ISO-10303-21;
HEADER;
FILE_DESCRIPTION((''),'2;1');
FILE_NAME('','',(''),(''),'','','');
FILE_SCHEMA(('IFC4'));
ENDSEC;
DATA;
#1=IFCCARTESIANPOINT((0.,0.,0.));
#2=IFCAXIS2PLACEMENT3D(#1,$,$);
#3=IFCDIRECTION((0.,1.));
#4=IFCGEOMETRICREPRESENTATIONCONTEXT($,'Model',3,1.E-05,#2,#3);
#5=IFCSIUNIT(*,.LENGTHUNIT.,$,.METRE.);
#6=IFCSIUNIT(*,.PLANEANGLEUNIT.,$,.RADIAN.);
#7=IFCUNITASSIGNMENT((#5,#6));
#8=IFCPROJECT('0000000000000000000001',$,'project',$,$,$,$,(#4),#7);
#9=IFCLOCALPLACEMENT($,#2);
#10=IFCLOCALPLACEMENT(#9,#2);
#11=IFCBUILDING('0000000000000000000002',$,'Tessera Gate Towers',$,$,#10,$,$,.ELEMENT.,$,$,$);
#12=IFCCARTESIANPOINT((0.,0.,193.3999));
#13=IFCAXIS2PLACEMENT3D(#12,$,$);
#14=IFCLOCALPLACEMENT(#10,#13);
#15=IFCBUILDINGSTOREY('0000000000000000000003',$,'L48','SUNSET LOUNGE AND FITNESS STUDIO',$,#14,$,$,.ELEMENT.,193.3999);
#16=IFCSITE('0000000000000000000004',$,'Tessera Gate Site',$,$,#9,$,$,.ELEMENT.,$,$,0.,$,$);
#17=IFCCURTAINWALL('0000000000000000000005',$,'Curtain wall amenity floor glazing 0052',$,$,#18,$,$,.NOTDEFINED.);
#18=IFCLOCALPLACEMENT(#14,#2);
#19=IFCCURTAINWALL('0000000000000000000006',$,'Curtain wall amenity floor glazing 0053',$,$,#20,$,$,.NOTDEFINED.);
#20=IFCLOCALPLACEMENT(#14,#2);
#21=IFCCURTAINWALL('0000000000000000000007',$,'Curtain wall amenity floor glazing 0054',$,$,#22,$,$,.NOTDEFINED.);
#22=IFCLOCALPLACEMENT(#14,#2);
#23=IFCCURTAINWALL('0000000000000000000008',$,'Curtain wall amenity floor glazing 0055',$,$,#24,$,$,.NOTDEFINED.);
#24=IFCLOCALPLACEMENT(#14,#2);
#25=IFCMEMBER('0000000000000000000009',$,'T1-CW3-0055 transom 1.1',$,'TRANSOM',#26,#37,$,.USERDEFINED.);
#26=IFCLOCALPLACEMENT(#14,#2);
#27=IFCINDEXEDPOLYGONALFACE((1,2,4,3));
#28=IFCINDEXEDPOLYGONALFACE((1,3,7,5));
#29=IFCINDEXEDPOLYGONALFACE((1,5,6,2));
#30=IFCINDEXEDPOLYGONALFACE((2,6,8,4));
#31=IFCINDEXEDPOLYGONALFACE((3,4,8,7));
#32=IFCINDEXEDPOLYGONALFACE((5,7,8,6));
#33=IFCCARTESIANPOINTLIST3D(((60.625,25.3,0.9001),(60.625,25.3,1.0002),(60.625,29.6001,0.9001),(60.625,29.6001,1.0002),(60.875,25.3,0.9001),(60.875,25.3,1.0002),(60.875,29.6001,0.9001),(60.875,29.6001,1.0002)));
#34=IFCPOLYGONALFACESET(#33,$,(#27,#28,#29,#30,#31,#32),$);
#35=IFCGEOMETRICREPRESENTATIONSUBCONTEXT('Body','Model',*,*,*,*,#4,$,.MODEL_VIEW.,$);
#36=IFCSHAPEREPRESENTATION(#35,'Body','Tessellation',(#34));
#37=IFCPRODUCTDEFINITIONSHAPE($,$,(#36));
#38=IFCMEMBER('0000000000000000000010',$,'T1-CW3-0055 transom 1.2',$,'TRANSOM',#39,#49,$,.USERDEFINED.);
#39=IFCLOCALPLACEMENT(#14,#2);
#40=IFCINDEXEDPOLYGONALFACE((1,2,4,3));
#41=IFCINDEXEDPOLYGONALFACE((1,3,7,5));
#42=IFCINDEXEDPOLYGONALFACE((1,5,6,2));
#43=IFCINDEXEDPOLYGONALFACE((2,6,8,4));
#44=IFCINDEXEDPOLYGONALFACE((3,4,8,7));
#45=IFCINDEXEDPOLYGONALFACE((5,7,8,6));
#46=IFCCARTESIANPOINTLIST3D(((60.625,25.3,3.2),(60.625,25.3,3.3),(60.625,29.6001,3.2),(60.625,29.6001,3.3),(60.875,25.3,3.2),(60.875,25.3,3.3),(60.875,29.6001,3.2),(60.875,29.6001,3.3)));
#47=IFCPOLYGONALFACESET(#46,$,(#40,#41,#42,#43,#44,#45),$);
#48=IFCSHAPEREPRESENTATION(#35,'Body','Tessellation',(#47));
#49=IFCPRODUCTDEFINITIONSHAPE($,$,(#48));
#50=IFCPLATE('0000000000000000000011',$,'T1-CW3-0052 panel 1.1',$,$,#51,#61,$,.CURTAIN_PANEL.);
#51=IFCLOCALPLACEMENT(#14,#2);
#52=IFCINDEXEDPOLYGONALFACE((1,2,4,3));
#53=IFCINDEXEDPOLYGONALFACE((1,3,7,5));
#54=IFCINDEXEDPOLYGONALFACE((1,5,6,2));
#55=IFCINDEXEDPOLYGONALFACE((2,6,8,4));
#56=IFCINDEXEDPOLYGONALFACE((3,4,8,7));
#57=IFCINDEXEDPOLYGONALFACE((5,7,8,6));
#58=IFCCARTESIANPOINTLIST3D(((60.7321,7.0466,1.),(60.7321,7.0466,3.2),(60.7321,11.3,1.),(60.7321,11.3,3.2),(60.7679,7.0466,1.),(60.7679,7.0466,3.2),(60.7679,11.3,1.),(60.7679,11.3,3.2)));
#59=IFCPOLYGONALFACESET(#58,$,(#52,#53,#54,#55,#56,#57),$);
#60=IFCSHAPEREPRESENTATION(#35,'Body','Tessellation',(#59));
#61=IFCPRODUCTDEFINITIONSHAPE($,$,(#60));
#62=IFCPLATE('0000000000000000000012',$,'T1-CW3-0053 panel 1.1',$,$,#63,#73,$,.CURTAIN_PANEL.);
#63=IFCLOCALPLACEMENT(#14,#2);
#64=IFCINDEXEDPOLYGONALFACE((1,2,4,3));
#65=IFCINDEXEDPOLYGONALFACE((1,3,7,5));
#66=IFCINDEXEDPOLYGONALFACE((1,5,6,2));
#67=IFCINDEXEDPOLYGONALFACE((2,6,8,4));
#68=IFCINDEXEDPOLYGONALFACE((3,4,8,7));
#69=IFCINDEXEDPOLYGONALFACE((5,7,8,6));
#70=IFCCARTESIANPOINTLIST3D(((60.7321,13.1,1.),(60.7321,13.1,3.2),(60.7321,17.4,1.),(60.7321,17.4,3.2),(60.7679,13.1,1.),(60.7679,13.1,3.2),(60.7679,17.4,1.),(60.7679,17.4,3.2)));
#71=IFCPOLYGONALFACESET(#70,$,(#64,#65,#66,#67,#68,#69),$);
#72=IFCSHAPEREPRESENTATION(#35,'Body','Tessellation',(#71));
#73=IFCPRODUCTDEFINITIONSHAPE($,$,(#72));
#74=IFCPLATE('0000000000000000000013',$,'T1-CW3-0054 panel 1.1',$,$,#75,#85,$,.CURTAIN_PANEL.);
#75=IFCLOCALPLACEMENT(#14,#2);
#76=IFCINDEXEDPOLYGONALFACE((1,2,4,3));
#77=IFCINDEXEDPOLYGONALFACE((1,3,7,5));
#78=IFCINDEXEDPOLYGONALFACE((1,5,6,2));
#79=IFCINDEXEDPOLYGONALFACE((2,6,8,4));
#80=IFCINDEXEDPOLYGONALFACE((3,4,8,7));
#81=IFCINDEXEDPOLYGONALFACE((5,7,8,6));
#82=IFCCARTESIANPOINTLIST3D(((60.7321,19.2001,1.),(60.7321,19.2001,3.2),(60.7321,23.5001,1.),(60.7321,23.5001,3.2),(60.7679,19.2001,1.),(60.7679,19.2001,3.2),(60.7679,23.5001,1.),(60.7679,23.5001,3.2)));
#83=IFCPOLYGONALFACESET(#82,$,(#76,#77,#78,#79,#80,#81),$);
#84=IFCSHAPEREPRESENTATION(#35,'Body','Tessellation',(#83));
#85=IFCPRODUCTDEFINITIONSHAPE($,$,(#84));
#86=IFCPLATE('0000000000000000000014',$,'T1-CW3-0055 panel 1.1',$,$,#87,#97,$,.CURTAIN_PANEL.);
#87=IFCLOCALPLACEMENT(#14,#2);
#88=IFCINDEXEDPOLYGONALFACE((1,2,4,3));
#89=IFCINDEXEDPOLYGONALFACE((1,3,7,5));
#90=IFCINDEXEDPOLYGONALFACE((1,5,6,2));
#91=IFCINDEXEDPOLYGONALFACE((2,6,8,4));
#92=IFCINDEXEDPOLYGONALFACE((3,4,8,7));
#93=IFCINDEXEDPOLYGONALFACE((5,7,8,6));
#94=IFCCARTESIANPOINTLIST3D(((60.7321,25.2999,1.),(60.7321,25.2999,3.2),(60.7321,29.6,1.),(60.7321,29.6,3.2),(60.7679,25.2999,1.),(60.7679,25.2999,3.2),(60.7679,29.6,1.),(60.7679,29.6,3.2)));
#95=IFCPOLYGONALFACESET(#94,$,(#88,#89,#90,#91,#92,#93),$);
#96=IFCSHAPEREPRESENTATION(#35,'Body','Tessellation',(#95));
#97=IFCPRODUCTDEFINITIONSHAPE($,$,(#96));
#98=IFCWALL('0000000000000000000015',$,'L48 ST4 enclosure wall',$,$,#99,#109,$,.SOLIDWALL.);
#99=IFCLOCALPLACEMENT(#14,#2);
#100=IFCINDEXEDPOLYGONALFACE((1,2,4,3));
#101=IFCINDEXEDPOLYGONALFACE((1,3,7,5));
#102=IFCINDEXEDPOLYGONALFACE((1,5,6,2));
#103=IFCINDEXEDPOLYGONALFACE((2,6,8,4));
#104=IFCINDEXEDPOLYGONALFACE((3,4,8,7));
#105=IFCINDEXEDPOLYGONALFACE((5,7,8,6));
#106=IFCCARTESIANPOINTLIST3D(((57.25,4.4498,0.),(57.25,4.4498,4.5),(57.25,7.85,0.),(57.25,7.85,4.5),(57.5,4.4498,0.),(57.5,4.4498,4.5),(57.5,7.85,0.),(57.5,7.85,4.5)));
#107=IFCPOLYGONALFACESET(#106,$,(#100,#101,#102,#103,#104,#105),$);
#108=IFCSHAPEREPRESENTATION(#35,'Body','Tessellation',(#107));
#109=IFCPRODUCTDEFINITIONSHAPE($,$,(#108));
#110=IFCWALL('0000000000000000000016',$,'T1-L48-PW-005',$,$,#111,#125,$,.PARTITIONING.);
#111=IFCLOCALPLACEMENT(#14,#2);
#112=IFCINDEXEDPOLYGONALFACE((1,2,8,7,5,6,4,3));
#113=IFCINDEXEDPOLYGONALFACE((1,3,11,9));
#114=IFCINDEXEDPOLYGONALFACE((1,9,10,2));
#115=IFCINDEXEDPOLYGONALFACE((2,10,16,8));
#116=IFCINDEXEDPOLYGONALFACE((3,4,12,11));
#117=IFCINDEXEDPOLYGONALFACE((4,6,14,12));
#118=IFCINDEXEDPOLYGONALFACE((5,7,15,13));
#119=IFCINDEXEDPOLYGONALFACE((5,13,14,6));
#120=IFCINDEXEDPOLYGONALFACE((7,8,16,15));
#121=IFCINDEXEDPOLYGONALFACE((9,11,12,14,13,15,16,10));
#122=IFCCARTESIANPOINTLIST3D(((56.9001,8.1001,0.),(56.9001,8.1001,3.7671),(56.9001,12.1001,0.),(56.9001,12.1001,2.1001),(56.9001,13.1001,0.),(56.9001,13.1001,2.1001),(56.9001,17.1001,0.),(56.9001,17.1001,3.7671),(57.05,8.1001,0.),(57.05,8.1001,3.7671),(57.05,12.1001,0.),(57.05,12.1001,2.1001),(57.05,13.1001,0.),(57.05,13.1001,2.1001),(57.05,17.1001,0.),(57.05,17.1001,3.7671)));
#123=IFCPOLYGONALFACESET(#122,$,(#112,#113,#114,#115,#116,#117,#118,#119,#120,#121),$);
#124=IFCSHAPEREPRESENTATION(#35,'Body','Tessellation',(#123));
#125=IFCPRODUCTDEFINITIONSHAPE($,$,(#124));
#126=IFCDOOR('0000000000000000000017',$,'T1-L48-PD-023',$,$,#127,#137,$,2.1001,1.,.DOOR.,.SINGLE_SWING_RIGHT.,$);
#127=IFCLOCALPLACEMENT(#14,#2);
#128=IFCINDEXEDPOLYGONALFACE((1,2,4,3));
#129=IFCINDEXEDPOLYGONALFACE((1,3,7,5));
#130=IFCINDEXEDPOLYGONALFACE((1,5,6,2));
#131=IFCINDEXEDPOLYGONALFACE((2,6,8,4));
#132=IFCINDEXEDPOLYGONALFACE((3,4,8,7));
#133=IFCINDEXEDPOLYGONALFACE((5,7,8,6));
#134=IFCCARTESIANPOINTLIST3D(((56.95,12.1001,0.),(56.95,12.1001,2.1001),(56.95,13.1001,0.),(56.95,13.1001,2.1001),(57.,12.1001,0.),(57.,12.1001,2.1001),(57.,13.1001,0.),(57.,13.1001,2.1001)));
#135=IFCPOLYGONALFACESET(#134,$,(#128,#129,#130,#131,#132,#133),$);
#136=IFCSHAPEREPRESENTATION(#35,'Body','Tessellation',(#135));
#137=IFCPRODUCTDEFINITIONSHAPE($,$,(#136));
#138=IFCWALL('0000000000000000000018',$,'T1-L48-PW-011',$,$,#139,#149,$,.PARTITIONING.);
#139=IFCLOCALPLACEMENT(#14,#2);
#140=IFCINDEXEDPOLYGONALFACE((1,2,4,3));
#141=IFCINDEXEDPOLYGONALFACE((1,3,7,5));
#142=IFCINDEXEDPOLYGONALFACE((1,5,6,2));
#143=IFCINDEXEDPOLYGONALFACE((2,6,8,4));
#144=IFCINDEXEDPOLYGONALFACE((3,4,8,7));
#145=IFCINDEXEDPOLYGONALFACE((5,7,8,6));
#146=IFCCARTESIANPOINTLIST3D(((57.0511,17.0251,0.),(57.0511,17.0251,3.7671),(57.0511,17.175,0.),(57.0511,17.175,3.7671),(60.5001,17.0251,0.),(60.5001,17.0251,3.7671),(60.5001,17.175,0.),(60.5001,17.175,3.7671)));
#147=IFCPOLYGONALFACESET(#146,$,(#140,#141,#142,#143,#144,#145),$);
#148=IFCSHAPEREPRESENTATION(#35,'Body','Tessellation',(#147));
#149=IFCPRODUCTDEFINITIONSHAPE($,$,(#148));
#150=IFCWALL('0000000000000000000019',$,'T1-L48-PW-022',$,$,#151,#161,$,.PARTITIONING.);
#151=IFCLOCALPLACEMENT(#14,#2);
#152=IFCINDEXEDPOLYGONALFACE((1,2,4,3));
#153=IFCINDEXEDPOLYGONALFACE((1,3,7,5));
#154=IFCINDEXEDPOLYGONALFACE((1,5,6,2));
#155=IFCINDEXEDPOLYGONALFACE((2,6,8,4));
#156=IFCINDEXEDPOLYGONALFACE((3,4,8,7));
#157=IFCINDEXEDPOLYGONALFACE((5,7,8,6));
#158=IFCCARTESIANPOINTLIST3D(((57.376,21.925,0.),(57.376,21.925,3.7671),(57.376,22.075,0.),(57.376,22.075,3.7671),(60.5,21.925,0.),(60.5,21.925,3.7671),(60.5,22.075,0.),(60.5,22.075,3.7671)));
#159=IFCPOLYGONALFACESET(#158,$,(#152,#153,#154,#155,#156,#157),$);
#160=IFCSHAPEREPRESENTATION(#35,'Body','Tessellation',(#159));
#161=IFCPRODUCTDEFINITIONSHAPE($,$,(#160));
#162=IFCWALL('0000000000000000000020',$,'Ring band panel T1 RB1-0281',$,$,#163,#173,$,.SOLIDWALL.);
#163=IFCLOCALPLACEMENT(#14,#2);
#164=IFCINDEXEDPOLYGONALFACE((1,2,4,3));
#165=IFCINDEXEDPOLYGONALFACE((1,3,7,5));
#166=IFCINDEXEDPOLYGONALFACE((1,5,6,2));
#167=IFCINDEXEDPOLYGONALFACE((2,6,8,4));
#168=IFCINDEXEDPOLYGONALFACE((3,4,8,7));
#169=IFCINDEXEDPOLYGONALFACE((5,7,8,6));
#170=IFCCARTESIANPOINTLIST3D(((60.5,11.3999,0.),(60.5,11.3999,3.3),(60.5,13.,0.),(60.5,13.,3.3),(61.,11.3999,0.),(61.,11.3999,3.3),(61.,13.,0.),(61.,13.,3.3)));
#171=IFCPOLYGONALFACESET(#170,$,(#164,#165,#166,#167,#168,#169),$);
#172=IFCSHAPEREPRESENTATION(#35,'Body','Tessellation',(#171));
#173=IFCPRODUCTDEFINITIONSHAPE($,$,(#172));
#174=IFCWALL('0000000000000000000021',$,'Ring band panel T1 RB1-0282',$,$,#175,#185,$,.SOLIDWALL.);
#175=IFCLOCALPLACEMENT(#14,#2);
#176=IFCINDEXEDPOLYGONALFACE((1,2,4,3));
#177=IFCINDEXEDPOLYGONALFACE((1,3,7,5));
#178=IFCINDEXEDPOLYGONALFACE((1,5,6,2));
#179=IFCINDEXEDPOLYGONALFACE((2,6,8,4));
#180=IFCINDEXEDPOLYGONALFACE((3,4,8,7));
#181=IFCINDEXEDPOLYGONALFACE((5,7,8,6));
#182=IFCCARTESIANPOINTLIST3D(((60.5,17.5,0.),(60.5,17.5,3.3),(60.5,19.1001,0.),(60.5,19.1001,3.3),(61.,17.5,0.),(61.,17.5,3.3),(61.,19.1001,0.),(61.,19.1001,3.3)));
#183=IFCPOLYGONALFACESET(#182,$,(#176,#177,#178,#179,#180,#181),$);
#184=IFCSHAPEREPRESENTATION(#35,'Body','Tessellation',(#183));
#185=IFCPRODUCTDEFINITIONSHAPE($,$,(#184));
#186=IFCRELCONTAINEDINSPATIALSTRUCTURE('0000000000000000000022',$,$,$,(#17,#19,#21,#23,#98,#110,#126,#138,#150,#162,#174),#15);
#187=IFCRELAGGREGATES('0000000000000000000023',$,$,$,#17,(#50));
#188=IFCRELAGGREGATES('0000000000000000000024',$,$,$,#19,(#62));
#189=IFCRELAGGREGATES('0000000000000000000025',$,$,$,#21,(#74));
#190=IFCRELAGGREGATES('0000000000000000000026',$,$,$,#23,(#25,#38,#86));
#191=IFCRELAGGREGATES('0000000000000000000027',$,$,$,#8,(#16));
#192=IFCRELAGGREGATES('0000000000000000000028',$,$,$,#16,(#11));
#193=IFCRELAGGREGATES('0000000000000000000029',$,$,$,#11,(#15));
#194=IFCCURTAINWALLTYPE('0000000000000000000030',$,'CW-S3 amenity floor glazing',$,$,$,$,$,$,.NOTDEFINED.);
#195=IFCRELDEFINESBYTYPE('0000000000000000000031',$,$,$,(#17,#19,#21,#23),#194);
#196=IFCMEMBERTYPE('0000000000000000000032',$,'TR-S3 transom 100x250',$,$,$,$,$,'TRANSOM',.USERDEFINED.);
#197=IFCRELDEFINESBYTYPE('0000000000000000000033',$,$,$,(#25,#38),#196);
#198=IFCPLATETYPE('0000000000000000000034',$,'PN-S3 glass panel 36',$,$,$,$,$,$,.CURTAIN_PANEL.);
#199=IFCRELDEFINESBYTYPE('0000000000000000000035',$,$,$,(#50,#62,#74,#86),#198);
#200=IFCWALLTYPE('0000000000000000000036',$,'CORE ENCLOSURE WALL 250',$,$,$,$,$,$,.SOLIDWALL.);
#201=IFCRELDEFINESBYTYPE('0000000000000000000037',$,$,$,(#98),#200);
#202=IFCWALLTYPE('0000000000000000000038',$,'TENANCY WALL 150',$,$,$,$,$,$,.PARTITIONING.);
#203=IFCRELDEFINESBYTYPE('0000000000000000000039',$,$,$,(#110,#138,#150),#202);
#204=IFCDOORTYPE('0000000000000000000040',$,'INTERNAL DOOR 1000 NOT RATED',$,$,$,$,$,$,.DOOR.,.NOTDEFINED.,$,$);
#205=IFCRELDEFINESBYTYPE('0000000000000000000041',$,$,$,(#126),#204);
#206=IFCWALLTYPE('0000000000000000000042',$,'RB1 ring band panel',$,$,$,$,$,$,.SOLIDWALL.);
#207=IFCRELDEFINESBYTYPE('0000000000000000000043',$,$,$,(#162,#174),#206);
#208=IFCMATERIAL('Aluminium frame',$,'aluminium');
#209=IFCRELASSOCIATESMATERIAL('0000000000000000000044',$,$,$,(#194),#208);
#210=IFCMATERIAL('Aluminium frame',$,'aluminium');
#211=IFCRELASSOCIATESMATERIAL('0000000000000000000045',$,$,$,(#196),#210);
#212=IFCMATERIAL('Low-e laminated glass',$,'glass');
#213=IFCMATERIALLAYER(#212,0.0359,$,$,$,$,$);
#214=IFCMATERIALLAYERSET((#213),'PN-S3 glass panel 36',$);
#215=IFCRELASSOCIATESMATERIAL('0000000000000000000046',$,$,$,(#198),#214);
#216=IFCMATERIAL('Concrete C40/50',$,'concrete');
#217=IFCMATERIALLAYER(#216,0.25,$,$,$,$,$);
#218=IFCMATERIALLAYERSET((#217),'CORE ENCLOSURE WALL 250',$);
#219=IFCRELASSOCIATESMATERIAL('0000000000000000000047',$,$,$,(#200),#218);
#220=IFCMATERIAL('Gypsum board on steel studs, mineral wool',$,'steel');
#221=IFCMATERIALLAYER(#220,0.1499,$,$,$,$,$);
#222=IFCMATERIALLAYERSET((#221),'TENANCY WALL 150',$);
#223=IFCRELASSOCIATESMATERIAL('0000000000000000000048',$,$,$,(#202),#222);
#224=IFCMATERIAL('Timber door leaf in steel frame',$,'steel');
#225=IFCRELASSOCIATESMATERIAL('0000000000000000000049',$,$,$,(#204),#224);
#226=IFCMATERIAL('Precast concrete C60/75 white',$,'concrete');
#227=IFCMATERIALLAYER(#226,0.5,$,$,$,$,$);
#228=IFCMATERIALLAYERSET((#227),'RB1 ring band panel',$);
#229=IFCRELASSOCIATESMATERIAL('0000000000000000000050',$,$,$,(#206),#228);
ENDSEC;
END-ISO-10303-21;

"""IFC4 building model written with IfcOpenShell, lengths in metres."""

from ifc_helpers import new_model, si_unit, direction, frame, frame_2d, origin, origin_2d, place, context, subcontext, project, spatial, polyline, rectangle, outline, extrude, source, transform, mapped, material, layer, layer_set, material_profile, profile_set, type_object, element, fill, aggregate, save


model = new_model("IFC4")

# Units and contexts
model_context = context("Model", 3, precision=1e-05, world=origin(), true_north=direction((0.0, 1.0)))
body_context = subcontext(model_context, "Body", "Model", "MODEL_VIEW")
ifc_project = project(units=[si_unit("LENGTHUNIT", "METRE"), si_unit("PLANEANGLEUNIT", "RADIAN")], contexts=[model_context])

# Site, building, storey
site_placement = place(None, origin())
site = spatial("IfcSite", under=ifc_project, at=site_placement, Name="Tessera Gate Site", CompositionType="ELEMENT", RefElevation=0.0)
building_placement = place(site_placement, origin())
building = spatial("IfcBuilding", under=site, at=building_placement, Name="Tessera Gate Towers", CompositionType="ELEMENT")
storey_placement = place(building_placement, frame((0.0, 0.0, 193.3999)))
storey = spatial("IfcBuildingStorey", under=building, at=storey_placement, Name="L48", Description="SUNSET LOUNGE AND FITNESS STUDIO", CompositionType="ELEMENT", Elevation=193.3999)

# Curtain wall
ifc_material_1 = material(Name="Aluminium frame", Category="aluminium")
curtain_wall_type = type_object("IfcCurtainWallType", Name="CW-S3 amenity floor glazing", PredefinedType="NOTDEFINED", material=ifc_material_1)
curtain_wall_1_placement = place(storey_placement, origin())
curtain_wall_1 = element("IfcCurtainWall", 1, at=curtain_wall_1_placement, inside=storey, type_object=curtain_wall_type, Name="Curtain wall amenity floor glazing 0052", PredefinedType="NOTDEFINED")

# Curtain walls
curtain_wall_2_placement = place(storey_placement, origin())
curtain_wall_2 = element("IfcCurtainWall", 2, at=curtain_wall_2_placement, inside=storey, type_object=curtain_wall_type, Name="Curtain wall amenity floor glazing 0053", PredefinedType="NOTDEFINED")
curtain_wall_3_placement = place(storey_placement, origin())
curtain_wall_3 = element("IfcCurtainWall", 3, at=curtain_wall_3_placement, inside=storey, type_object=curtain_wall_type, Name="Curtain wall amenity floor glazing 0054", PredefinedType="NOTDEFINED")
curtain_wall_4_placement = place(storey_placement, origin())
curtain_wall_4 = element("IfcCurtainWall", 4, at=curtain_wall_4_placement, inside=storey, type_object=curtain_wall_type, Name="Curtain wall amenity floor glazing 0055", PredefinedType="NOTDEFINED")

# Members
ifc_material_2 = material(Name="Aluminium frame", Category="aluminium")
ifc_material_profile_1 = material_profile(ifc_material_2, rectangle(XDim=0.25, YDim=0.1001, at=origin_2d()), Name="AL 100x250")
ifc_profile_set_1 = profile_set([ifc_material_profile_1], Name="Aluminium frame")
member_type_1 = type_object("IfcMemberType", Name="TR-S3 transom 100x250", ElementType="TRANSOM", PredefinedType="USERDEFINED", material=ifc_profile_set_1)
member_1_placement = place(storey_placement, frame((60.75, 25.3, 0.9502), z_axis=(0.0, 1.0, 0.0), x_axis=(-1.0, 0.0, 0.0)))
member_1 = element("IfcMember", 5, at=member_1_placement, type_object=member_type_1, Name="T1-CW3-0055 transom 1.1", ObjectType="TRANSOM", PredefinedType="USERDEFINED", context=body_context, shape_type="SweptSolid", body=[
    extrude(rectangle(XDim=0.25, YDim=0.1001, at=origin_2d()), origin(), (0.0, 0.0, 1.0), 4.3),
])
member_2_placement = place(storey_placement, frame((60.75, 25.3, 3.25), z_axis=(0.0, 1.0, 0.0), x_axis=(-1.0, 0.0, 0.0)))
member_2 = element("IfcMember", 6, at=member_2_placement, type_object=member_type_1, Name="T1-CW3-0055 transom 1.2", ObjectType="TRANSOM", PredefinedType="USERDEFINED", context=body_context, shape_type="SweptSolid", body=[
    extrude(rectangle(XDim=0.25, YDim=0.1001, at=origin_2d()), origin(), (0.0, 0.0, 1.0), 4.3),
])

# Plates
ifc_material_3 = material(Name="Low-e laminated glass", Category="glass")
ifc_layer_1 = layer(ifc_material_3, 0.0359)
ifc_layer_set_1 = layer_set([ifc_layer_1], Name="PN-S3 glass panel 36")
plate_type = type_object("IfcPlateType", Name="PN-S3 glass panel 36", PredefinedType="CURTAIN_PANEL", material=ifc_layer_set_1)
plate_1_placement = place(storey_placement, frame((60.75, 9.1733, 1.0), z_axis=(0.0, 0.0, 1.0), x_axis=(0.0, 1.0, 0.0)))
plate_1 = element("IfcPlate", 7, at=plate_1_placement, type_object=plate_type, Name="T1-CW3-0052 panel 1.1", PredefinedType="CURTAIN_PANEL", context=body_context, shape_type="SweptSolid", body=[
    extrude(rectangle(XDim=4.2534, YDim=0.0359, at=origin_2d()), origin(), (0.0, 0.0, 1.0), 2.2),
])
aggregate(curtain_wall_1, [plate_1])
plate_2_placement = place(storey_placement, frame((60.75, 15.25, 1.0), z_axis=(0.0, 0.0, 1.0), x_axis=(0.0, 1.0, 0.0)))
plate_2 = element("IfcPlate", 8, at=plate_2_placement, type_object=plate_type, Name="T1-CW3-0053 panel 1.1", PredefinedType="CURTAIN_PANEL", context=body_context, shape_type="SweptSolid", body=[
    extrude(rectangle(XDim=4.3, YDim=0.0359, at=origin_2d()), origin(), (0.0, 0.0, 1.0), 2.2),
])
aggregate(curtain_wall_2, [plate_2])
plate_3_placement = place(storey_placement, frame((60.75, 21.3501, 1.0), z_axis=(0.0, 0.0, 1.0), x_axis=(0.0, 1.0, 0.0)))
plate_3 = element("IfcPlate", 9, at=plate_3_placement, type_object=plate_type, Name="T1-CW3-0054 panel 1.1", PredefinedType="CURTAIN_PANEL", context=body_context, shape_type="SweptSolid", body=[
    extrude(rectangle(XDim=4.3, YDim=0.0359, at=origin_2d()), origin(), (0.0, 0.0, 1.0), 2.2),
])
aggregate(curtain_wall_3, [plate_3])
plate_4_placement = place(storey_placement, frame((60.75, 27.45, 1.0), z_axis=(0.0, 0.0, 1.0), x_axis=(0.0, 1.0, 0.0)))
plate_4 = element("IfcPlate", 10, at=plate_4_placement, type_object=plate_type, Name="T1-CW3-0055 panel 1.1", PredefinedType="CURTAIN_PANEL", context=body_context, shape_type="SweptSolid", body=[
    extrude(rectangle(XDim=4.3, YDim=0.0359, at=origin_2d()), origin(), (0.0, 0.0, 1.0), 2.2),
])
aggregate(curtain_wall_4, [member_1, member_2, plate_4])

# Wall
ifc_material_4 = material(Name="Concrete C40/50", Category="concrete")
ifc_layer_2 = layer(ifc_material_4, 0.25)
ifc_layer_set_2 = layer_set([ifc_layer_2], Name="CORE ENCLOSURE WALL 250")
wall_type_1 = type_object("IfcWallType", Name="CORE ENCLOSURE WALL 250", PredefinedType="SOLIDWALL", material=ifc_layer_set_2)
wall_1_placement = place(storey_placement, frame((57.375, 7.8501, 0.0), z_axis=(0.0, 0.0, 1.0), x_axis=(0.0, -1.0, 0.0)))
element("IfcWall", 11, at=wall_1_placement, inside=storey, type_object=wall_type_1, Name="L48 ST4 enclosure wall", PredefinedType="SOLIDWALL", context=body_context, shape_type="SweptSolid", body=[
    extrude(rectangle(XDim=3.4001, YDim=0.25, at=frame_2d((1.7002, 0.0))), origin(), (0.0, 0.0, 1.0), 4.5),
])

# Wall, opening, door
ifc_material_5 = material(Name="Gypsum board on steel studs, mineral wool", Category="steel")
ifc_layer_3 = layer(ifc_material_5, 0.1499)
ifc_layer_set_3 = layer_set([ifc_layer_3], Name="TENANCY WALL 150")
wall_type_2 = type_object("IfcWallType", Name="TENANCY WALL 150", PredefinedType="PARTITIONING", material=ifc_layer_set_3)
wall_2_placement = place(storey_placement, frame((56.9751, 17.1001, 0.0), z_axis=(0.0, 0.0, 1.0), x_axis=(0.0, -1.0, 0.0)))
wall_2 = element("IfcWall", 12, at=wall_2_placement, inside=storey, type_object=wall_type_2, Name="T1-L48-PW-005", PredefinedType="PARTITIONING", context=body_context, shape_type="SweptSolid", body=[
    extrude(rectangle(XDim=9.0, YDim=0.1499, at=frame_2d((4.5, 0.0))), origin(), (0.0, 0.0, 1.0), 3.7671),
])
shared_shape_1 = source(origin(), body_context, "Body", "SweptSolid", [
    extrude(rectangle(XDim=1.0, YDim=2.1001, at=frame_2d((0.5, 1.05))), frame((0.0, 0.085, 0.0), z_axis=(0.0, -1.0, 0.0), x_axis=(1.0, 0.0, 0.0)), (0.0, 0.0, 1.0), 0.1699),
])
opening_placement = place(wall_2_placement, frame((4.0, 0.0, 0.0)))
opening = element("IfcOpeningElement", 13, at=opening_placement, cuts=wall_2, PredefinedType="OPENING", context=body_context, shape_type="MappedRepresentation", body=[
    mapped(shared_shape_1, transform((0.0, 0.0, 0.0), scale=1.0)),
])
ifc_material_6 = material(Name="Timber door leaf in steel frame", Category="steel")
door_type = type_object("IfcDoorType", Name="INTERNAL DOOR 1000 NOT RATED", OperationType="NOTDEFINED", PredefinedType="DOOR", material=ifc_material_6)
shared_shape_2 = source(origin(), body_context, "Body", "SweptSolid", [
    extrude(rectangle(XDim=1.0, YDim=2.1001, at=frame_2d((0.5, 1.05))), frame((0.0, 0.0249, 0.0), z_axis=(0.0, -1.0, 0.0), x_axis=(1.0, 0.0, 0.0)), (0.0, 0.0, 1.0), 0.05),
])
door_placement = place(opening_placement, origin())
door = element("IfcDoor", 14, at=door_placement, inside=storey, type_object=door_type, Name="T1-L48-PD-023", OperationType="SINGLE_SWING_RIGHT", OverallHeight=2.1001, OverallWidth=1.0, PredefinedType="DOOR", context=body_context, shape_type="MappedRepresentation", body=[
    mapped(shared_shape_2, transform((0.0, 0.0, 0.0), scale=1.0)),
])
fill(opening, door)

# Walls
wall_3_placement = place(storey_placement, frame((57.051, 17.1001, 0.0), z_axis=(0.0, 0.0, 1.0), x_axis=(1.0, 0.0, 0.0)))
element("IfcWall", 15, at=wall_3_placement, inside=storey, type_object=wall_type_2, Name="T1-L48-PW-011", PredefinedType="PARTITIONING", context=body_context, shape_type="SweptSolid", body=[
    extrude(rectangle(XDim=3.449, YDim=0.1499, at=frame_2d((1.7246, 0.0))), origin(), (0.0, 0.0, 1.0), 3.7671),
])
wall_4_placement = place(storey_placement, frame((57.376, 22.0, 0.0), z_axis=(0.0, 0.0, 1.0), x_axis=(1.0, 0.0, 0.0)))
element("IfcWall", 16, at=wall_4_placement, inside=storey, type_object=wall_type_2, Name="T1-L48-PW-022", PredefinedType="PARTITIONING", context=body_context, shape_type="SweptSolid", body=[
    extrude(rectangle(XDim=3.124, YDim=0.1499, at=frame_2d((1.562, 0.0))), origin(), (0.0, 0.0, 1.0), 3.7671),
])
ifc_material_7 = material(Name="Precast concrete C60/75 white", Category="concrete")
ifc_layer_4 = layer(ifc_material_7, 0.5)
ifc_layer_set_4 = layer_set([ifc_layer_4], Name="RB1 ring band panel")
wall_type_3 = type_object("IfcWallType", Name="RB1 ring band panel", PredefinedType="SOLIDWALL", material=ifc_layer_set_4)
shared_shape_3 = source(origin(), body_context, "Body", "SweptSolid", [
    extrude(outline(polyline([(0.0, 0.0), (1.6001, 0.0), (1.6001, 3.3), (0.0, 3.3), (0.0, 0.0)])), frame((0.0, 0.25, 0.0), z_axis=(0.0, -1.0, 0.0), x_axis=(1.0, 0.0, 0.0)), (0.0, 0.0, 1.0), 0.5),
])
for number, where, z_axis, x_axis, name in (
    (17, (60.75, 11.3999, 0.0), (0.0, 0.0, 1.0), (0.0, 1.0, 0.0), "Ring band panel T1 RB1-0281"),
    (18, (60.75, 17.5, 0.0), (0.0, 0.0, 1.0), (0.0, 1.0, 0.0), "Ring band panel T1 RB1-0282"),
):
    element("IfcWall", number, at=place(storey_placement, frame(where, z_axis=z_axis, x_axis=x_axis)), inside=storey, type_object=wall_type_3, Name=name, PredefinedType="SOLIDWALL", context=body_context, shape_type="MappedRepresentation", body=[
        mapped(shared_shape_3, transform((0.0, 0.0, 0.0), scale=1.0)),
    ])

save(model, "model.ifc")
